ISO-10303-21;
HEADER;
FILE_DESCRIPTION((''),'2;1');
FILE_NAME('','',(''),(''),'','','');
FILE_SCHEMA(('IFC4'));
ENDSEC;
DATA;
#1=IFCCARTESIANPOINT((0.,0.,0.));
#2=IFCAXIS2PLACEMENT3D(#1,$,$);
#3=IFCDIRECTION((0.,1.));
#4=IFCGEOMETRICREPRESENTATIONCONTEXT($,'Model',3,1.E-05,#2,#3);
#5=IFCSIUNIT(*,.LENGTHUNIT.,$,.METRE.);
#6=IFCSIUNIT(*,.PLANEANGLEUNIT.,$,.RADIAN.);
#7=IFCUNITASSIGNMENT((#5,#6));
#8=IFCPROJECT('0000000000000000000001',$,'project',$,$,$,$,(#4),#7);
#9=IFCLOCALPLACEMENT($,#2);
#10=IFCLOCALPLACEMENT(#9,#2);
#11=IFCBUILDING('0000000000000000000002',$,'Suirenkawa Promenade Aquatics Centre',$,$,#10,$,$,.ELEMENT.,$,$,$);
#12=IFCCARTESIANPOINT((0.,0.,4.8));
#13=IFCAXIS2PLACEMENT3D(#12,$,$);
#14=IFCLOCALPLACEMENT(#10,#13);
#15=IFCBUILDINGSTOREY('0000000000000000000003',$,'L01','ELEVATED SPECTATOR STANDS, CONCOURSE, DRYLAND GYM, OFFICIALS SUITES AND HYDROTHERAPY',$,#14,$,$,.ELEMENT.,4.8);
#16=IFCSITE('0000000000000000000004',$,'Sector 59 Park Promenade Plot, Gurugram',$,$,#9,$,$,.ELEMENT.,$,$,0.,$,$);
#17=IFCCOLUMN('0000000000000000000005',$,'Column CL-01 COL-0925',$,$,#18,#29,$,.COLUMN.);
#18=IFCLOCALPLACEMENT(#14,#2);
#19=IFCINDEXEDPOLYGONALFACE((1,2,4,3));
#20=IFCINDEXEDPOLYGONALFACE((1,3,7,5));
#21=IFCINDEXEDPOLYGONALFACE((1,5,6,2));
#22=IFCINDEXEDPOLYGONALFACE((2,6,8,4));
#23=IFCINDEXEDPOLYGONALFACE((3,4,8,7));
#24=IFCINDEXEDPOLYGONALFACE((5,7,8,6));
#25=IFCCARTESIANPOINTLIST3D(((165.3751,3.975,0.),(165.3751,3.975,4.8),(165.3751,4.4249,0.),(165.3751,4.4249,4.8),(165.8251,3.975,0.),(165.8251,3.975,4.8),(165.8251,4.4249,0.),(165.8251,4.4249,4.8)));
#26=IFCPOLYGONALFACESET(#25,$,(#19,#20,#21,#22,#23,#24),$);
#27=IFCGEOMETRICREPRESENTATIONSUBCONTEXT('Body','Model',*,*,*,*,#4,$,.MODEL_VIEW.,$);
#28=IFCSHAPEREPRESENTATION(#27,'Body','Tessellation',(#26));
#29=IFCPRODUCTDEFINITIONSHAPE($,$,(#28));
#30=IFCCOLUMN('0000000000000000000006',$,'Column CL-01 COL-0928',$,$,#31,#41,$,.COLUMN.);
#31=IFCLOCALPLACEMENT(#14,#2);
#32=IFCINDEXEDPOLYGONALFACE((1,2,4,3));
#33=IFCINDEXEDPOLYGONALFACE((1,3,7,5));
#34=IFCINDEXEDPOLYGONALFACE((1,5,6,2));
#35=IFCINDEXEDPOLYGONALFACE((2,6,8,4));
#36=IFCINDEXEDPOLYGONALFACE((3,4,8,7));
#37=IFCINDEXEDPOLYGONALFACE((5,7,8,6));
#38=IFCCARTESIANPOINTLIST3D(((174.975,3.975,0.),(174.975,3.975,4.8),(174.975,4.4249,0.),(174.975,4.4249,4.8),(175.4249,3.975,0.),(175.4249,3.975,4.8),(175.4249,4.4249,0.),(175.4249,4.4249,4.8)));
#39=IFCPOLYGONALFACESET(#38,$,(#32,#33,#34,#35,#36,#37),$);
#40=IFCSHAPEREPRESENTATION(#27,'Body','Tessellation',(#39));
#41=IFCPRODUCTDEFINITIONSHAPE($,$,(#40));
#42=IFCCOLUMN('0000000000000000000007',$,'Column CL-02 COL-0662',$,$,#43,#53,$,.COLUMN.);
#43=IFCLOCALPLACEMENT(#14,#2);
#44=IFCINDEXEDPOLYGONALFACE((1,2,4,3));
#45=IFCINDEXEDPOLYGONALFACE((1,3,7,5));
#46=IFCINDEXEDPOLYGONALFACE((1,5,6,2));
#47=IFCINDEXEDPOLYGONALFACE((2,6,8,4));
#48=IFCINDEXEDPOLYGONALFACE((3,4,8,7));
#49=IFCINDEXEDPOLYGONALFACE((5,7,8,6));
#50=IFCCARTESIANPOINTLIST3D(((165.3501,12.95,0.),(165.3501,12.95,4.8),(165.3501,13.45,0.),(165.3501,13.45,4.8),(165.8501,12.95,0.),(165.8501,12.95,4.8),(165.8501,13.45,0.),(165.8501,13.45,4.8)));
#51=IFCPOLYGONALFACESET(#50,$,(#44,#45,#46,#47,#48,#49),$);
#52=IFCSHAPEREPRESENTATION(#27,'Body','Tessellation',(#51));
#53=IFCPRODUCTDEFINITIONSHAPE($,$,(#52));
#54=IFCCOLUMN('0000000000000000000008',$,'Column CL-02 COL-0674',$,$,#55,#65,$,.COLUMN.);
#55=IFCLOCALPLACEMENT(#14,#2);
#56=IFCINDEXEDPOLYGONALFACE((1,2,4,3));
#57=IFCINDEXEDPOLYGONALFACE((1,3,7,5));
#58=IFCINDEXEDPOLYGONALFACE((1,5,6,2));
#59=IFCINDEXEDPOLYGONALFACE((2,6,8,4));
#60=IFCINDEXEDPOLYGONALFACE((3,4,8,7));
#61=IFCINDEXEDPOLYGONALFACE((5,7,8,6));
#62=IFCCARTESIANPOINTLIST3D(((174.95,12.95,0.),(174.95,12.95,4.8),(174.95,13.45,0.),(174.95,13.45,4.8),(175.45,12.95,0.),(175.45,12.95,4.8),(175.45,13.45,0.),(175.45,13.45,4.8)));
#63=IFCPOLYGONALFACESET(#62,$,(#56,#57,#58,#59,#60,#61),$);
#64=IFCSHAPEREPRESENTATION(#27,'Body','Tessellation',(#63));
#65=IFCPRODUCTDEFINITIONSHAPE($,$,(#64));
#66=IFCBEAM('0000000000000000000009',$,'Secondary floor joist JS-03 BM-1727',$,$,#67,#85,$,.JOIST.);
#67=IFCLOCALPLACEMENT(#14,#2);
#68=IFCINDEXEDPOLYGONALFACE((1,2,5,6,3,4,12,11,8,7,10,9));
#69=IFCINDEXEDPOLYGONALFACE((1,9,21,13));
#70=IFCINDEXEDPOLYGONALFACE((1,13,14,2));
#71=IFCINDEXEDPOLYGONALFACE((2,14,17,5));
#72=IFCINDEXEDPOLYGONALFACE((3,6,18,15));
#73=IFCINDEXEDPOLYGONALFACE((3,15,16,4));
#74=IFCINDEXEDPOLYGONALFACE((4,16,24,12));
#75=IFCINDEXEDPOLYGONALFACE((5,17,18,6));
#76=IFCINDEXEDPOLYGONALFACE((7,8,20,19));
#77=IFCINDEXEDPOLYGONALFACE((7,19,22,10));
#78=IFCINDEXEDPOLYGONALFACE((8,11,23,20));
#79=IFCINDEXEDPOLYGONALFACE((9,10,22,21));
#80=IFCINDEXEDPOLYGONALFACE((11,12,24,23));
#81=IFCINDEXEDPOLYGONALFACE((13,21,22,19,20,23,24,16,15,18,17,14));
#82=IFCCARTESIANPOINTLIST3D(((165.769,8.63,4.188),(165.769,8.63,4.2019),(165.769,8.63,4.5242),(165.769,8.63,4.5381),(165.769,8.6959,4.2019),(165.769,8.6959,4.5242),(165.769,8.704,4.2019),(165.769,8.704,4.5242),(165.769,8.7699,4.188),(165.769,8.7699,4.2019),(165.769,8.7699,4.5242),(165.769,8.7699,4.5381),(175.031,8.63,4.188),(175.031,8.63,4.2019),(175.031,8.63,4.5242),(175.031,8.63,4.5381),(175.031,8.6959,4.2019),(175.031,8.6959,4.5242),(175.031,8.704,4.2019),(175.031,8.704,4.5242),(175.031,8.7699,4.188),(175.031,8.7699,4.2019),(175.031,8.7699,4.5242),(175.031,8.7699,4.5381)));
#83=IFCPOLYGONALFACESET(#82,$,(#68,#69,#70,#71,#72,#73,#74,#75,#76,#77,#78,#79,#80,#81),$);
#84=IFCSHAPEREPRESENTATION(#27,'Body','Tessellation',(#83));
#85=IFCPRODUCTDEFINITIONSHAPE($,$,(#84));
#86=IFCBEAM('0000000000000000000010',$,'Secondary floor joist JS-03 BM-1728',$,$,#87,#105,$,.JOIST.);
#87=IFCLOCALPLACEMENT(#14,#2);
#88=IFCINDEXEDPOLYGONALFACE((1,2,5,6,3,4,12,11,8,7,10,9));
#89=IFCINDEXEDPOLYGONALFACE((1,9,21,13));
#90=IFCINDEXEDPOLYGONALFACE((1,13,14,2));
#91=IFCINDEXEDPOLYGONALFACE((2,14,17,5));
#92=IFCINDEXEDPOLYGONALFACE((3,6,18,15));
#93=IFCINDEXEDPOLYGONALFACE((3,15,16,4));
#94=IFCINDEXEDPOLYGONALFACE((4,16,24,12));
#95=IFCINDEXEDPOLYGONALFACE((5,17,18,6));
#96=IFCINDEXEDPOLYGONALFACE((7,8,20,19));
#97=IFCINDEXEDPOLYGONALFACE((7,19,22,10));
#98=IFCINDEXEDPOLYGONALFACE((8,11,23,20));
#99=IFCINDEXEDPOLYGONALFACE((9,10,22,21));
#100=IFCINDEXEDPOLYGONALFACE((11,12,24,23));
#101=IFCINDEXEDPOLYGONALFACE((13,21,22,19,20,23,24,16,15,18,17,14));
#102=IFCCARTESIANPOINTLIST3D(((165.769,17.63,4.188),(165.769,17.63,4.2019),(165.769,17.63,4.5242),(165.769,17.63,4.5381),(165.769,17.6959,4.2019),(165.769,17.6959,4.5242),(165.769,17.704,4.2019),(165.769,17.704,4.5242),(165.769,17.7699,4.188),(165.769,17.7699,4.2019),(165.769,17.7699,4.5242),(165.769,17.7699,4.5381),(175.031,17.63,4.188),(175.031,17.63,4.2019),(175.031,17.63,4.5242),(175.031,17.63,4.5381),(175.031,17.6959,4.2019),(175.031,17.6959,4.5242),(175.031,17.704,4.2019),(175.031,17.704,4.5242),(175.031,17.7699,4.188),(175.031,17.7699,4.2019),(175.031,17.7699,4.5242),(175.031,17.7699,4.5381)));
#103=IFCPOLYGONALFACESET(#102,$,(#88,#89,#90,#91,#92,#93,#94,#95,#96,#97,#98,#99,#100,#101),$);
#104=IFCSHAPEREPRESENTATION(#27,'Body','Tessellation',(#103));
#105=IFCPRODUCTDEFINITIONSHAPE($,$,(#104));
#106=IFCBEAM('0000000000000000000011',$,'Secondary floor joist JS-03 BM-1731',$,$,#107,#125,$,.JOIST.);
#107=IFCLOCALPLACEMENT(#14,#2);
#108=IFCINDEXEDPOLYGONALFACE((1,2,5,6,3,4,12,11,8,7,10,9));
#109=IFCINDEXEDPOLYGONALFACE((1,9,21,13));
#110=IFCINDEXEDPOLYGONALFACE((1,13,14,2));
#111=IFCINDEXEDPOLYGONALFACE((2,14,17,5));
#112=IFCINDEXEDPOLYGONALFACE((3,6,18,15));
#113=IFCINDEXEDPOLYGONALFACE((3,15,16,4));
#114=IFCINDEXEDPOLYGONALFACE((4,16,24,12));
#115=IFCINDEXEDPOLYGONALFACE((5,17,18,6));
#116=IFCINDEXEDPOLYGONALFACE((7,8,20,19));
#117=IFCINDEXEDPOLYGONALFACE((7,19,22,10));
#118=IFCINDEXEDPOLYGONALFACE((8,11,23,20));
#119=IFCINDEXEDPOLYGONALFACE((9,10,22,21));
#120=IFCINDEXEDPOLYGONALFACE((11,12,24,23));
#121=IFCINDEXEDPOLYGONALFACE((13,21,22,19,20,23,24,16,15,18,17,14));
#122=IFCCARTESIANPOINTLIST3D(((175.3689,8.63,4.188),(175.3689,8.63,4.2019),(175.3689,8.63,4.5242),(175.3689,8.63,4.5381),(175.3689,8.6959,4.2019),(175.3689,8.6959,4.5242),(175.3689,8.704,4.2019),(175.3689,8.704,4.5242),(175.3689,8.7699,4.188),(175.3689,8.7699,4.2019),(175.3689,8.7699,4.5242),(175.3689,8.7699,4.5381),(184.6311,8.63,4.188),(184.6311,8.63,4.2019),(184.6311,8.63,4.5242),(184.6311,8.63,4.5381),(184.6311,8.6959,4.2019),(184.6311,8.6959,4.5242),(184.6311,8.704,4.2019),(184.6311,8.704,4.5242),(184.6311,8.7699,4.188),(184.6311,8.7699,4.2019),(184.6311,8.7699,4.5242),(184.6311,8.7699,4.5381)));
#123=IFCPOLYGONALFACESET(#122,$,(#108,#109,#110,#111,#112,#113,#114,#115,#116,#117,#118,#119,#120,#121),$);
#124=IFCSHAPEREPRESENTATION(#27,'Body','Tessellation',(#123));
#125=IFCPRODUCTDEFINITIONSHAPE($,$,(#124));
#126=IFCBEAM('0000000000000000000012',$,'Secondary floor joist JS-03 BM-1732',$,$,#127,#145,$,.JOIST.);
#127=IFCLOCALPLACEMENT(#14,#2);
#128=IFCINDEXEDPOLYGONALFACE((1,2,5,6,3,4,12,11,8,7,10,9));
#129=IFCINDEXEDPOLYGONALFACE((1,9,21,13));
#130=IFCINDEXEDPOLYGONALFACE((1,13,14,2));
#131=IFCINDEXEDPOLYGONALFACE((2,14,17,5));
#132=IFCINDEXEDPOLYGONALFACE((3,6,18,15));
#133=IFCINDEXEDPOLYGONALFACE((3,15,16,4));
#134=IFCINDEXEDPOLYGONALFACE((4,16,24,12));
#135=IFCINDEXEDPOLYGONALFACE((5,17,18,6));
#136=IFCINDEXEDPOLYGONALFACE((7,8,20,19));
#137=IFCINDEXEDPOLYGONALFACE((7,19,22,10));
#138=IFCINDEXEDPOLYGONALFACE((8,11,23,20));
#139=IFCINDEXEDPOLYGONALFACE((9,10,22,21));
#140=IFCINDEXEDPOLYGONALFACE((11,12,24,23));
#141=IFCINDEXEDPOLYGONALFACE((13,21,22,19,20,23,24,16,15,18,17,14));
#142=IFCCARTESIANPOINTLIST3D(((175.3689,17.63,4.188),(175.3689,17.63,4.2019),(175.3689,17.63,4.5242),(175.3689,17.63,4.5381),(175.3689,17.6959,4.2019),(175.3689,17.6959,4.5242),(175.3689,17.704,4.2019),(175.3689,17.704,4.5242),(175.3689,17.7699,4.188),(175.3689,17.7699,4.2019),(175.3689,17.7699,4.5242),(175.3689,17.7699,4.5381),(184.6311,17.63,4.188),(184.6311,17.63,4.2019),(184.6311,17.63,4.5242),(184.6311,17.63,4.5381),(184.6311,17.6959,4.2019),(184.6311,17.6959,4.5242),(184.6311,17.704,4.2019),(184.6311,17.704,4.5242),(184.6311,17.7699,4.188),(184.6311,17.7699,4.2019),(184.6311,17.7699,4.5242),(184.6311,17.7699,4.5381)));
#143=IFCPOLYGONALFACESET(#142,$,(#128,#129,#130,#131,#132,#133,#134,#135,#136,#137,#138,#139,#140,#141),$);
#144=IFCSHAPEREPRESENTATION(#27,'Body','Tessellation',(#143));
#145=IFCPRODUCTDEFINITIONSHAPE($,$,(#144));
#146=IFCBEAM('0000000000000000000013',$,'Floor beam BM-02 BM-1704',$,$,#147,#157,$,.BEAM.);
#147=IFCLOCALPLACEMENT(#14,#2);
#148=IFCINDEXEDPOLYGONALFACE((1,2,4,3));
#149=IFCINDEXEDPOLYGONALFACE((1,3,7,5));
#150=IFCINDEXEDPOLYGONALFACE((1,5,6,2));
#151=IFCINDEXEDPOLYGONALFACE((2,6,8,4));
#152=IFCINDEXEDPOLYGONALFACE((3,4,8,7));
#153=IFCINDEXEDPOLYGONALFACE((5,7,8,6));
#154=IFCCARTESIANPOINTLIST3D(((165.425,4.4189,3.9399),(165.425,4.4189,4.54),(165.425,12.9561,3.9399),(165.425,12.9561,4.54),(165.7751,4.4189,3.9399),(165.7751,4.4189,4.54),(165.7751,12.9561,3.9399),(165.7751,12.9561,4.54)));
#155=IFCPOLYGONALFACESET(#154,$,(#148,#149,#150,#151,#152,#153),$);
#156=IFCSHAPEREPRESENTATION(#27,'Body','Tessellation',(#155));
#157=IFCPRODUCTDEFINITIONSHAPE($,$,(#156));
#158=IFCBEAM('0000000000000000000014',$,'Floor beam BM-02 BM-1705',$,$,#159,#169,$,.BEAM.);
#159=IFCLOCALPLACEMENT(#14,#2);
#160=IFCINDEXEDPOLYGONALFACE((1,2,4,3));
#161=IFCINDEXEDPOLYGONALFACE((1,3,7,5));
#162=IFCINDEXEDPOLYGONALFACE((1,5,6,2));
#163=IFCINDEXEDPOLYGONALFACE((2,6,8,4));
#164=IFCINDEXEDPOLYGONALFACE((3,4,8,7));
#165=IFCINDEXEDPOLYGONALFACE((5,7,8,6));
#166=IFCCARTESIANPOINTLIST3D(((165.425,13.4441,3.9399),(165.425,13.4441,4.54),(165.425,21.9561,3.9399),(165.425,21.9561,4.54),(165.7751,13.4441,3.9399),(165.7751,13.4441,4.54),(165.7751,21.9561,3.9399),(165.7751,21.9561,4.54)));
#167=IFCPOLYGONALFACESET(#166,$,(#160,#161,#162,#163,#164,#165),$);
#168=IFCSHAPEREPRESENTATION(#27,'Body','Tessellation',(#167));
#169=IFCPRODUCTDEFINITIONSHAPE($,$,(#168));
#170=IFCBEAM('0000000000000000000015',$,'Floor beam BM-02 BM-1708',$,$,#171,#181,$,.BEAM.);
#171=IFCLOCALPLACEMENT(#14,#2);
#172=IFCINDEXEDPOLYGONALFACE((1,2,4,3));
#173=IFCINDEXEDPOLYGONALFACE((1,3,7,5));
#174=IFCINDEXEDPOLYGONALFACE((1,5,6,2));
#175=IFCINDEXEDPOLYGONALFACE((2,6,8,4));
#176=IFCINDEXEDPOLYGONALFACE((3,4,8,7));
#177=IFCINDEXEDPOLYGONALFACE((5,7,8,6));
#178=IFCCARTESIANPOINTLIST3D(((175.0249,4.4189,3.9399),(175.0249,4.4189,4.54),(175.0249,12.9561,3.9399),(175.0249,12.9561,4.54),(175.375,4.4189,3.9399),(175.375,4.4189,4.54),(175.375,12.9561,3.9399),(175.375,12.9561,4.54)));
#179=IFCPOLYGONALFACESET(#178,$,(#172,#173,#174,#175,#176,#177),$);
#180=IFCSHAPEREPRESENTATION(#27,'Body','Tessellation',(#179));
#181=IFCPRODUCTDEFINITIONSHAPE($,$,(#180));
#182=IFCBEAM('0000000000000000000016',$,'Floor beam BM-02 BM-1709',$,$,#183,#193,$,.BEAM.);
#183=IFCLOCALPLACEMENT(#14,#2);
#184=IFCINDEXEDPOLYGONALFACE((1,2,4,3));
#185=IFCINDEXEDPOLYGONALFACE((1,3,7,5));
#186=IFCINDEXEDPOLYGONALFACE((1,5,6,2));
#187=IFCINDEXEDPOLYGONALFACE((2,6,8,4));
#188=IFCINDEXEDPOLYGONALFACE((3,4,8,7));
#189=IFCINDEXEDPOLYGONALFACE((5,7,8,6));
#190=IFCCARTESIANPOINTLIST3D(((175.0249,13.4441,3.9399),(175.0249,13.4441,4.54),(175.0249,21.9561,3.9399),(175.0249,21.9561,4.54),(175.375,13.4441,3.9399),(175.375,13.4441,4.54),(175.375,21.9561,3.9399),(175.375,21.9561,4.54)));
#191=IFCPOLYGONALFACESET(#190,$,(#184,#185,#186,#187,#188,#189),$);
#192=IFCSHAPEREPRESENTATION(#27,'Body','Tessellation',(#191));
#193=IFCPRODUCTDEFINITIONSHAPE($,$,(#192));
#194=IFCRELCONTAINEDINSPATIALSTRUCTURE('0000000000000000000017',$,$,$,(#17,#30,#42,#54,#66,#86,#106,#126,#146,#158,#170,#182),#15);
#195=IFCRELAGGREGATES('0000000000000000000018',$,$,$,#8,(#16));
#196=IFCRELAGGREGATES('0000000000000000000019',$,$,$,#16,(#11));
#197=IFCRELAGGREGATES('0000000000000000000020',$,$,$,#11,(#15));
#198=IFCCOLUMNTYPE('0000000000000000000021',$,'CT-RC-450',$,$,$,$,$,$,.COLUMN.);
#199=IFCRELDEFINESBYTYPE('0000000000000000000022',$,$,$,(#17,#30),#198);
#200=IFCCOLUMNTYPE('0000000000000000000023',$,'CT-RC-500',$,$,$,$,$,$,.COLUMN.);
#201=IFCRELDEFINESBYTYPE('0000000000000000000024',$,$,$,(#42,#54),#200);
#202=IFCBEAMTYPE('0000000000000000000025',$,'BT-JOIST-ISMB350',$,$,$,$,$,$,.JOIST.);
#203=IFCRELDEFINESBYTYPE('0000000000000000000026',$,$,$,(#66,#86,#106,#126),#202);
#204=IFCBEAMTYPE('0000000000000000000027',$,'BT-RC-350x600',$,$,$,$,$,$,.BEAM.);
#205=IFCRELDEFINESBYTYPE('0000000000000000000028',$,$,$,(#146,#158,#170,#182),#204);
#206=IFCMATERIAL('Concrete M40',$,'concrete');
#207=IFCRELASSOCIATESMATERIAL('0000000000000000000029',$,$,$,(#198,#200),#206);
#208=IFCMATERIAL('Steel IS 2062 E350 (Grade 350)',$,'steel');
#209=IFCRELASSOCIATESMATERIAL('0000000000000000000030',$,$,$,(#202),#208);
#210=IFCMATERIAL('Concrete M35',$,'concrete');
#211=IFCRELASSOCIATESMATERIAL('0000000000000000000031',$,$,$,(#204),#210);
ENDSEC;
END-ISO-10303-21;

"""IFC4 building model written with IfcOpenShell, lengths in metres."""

from ifc_helpers import new_model, si_unit, direction, frame, origin, origin_2d, place, context, subcontext, project, spatial, rectangle, i_section, extrude, material, material_profile, profile_set, type_object, element, save


model = new_model("IFC4")

# Units and contexts
model_context = context("Model", 3, precision=1e-05, world=origin(), true_north=direction((0.0, 1.0)))
body_context = subcontext(model_context, "Body", "Model", "MODEL_VIEW")
ifc_project = project(units=[si_unit("LENGTHUNIT", "METRE"), si_unit("PLANEANGLEUNIT", "RADIAN")], contexts=[model_context])

# Site, building, storey
site_placement = place(None, origin())
site = spatial("IfcSite", under=ifc_project, at=site_placement, Name="Sector 59 Park Promenade Plot, Gurugram", CompositionType="ELEMENT", RefElevation=0.0)
building_placement = place(site_placement, origin())
building = spatial("IfcBuilding", under=site, at=building_placement, Name="Suirenkawa Promenade Aquatics Centre", CompositionType="ELEMENT")
storey_placement = place(building_placement, frame((0.0, 0.0, 4.8)))
storey = spatial("IfcBuildingStorey", under=building, at=storey_placement, Name="L01", Description="ELEVATED SPECTATOR STANDS, CONCOURSE, DRYLAND GYM, OFFICIALS SUITES AND HYDROTHERAPY", CompositionType="ELEMENT", Elevation=4.8)

# Columns
ifc_material_1 = material(Name="Concrete M40", Category="concrete")
ifc_material_profile_1 = material_profile(ifc_material_1, rectangle(XDim=0.45, YDim=0.45, at=origin_2d()), Name="RC COL 450x450", Category="concrete")
ifc_profile_set_1 = profile_set([ifc_material_profile_1], Name="Concrete M40")
column_type_1 = type_object("IfcColumnType", Name="CT-RC-450", PredefinedType="COLUMN", material=ifc_profile_set_1)
for number, where, z_axis, x_axis, name in (
    (1, (165.6001, 4.2, 0.0), (0.0, 0.0, 1.0), (1.0, 0.0, 0.0), "Column CL-01 COL-0925"),
    (2, (175.2, 4.2, 0.0), (0.0, 0.0, 1.0), (1.0, 0.0, 0.0), "Column CL-01 COL-0928"),
):
    element("IfcColumn", number, at=place(storey_placement, frame(where, z_axis=z_axis, x_axis=x_axis)), inside=storey, type_object=column_type_1, Name=name, PredefinedType="COLUMN", context=body_context, shape_type="SweptSolid", body=[
        extrude(rectangle(XDim=0.45, YDim=0.45, at=origin_2d()), origin(), (0.0, 0.0, 1.0), 4.8),
    ])
ifc_material_profile_2 = material_profile(ifc_material_1, rectangle(XDim=0.5, YDim=0.5, at=origin_2d()), Name="RC COL 500x500", Category="concrete")
ifc_profile_set_2 = profile_set([ifc_material_profile_2], Name="Concrete M40")
column_type_2 = type_object("IfcColumnType", Name="CT-RC-500", PredefinedType="COLUMN", material=ifc_profile_set_2)
for number, where, z_axis, x_axis, name in (
    (3, (165.6001, 13.2, 0.0), (0.0, 0.0, 1.0), (1.0, 0.0, 0.0), "Column CL-02 COL-0662"),
    (4, (175.2, 13.2, 0.0), (0.0, 0.0, 1.0), (1.0, 0.0, 0.0), "Column CL-02 COL-0674"),
):
    element("IfcColumn", number, at=place(storey_placement, frame(where, z_axis=z_axis, x_axis=x_axis)), inside=storey, type_object=column_type_2, Name=name, PredefinedType="COLUMN", context=body_context, shape_type="SweptSolid", body=[
        extrude(rectangle(XDim=0.5, YDim=0.5, at=origin_2d()), origin(), (0.0, 0.0, 1.0), 4.8),
    ])

# Beams
ifc_material_2 = material(Name="Steel IS 2062 E350 (Grade 350)", Category="steel")
ifc_material_profile_3 = material_profile(ifc_material_2, i_section(OverallWidth=0.1399, OverallDepth=0.3501, WebThickness=0.0081, FlangeThickness=0.0139, at=origin_2d()), Name="ISMB 350", Category="steel")
ifc_profile_set_3 = profile_set([ifc_material_profile_3], Name="Steel IS 2062 E350 (Grade 350)")
beam_type_1 = type_object("IfcBeamType", Name="BT-JOIST-ISMB350", PredefinedType="JOIST", material=ifc_profile_set_3)
for number, where, z_axis, x_axis, name in (
    (5, (165.769, 8.7, 4.363), (1.0, 0.0, 0.0), (0.0, 1.0, 0.0), "Secondary floor joist JS-03 BM-1727"),
    (6, (165.769, 17.7, 4.363), (1.0, 0.0, 0.0), (0.0, 1.0, 0.0), "Secondary floor joist JS-03 BM-1728"),
):
    element("IfcBeam", number, at=place(storey_placement, frame(where, z_axis=z_axis, x_axis=x_axis)), inside=storey, type_object=beam_type_1, Name=name, PredefinedType="JOIST", context=body_context, shape_type="SweptSolid", body=[
        extrude(i_section(OverallWidth=0.1399, OverallDepth=0.3501, WebThickness=0.0081, FlangeThickness=0.0139, at=origin_2d()), origin(), (0.0, 0.0, 1.0), 9.262),
    ])
for number, where, z_axis, x_axis, name in (
    (7, (175.3689, 8.7, 4.363), (1.0, 0.0, 0.0), (0.0, 1.0, 0.0), "Secondary floor joist JS-03 BM-1731"),
    (8, (175.3689, 17.7, 4.363), (1.0, 0.0, 0.0), (0.0, 1.0, 0.0), "Secondary floor joist JS-03 BM-1732"),
):
    element("IfcBeam", number, at=place(storey_placement, frame(where, z_axis=z_axis, x_axis=x_axis)), inside=storey, type_object=beam_type_1, Name=name, PredefinedType="JOIST", context=body_context, shape_type="SweptSolid", body=[
        extrude(i_section(OverallWidth=0.1399, OverallDepth=0.3501, WebThickness=0.0081, FlangeThickness=0.0139, at=origin_2d()), origin(), (0.0, 0.0, 1.0), 9.2622),
    ])
ifc_material_3 = material(Name="Concrete M35", Category="concrete")
ifc_material_profile_4 = material_profile(ifc_material_3, rectangle(XDim=0.3501, YDim=0.6001, at=origin_2d()), Name="RC BM 350x600", Category="concrete")
ifc_profile_set_4 = profile_set([ifc_material_profile_4], Name="Concrete M35")
beam_type_2 = type_object("IfcBeamType", Name="BT-RC-350x600", PredefinedType="BEAM", material=ifc_profile_set_4)
beam_1_placement = place(storey_placement, frame((165.6001, 4.4189, 4.24), z_axis=(0.0, 1.0, 0.0), x_axis=(-1.0, 0.0, 0.0)))
element("IfcBeam", 9, at=beam_1_placement, inside=storey, type_object=beam_type_2, Name="Floor beam BM-02 BM-1704", PredefinedType="BEAM", context=body_context, shape_type="SweptSolid", body=[
    extrude(rectangle(XDim=0.3501, YDim=0.6001, at=origin_2d()), origin(), (0.0, 0.0, 1.0), 8.5371),
])
beam_2_placement = place(storey_placement, frame((165.6001, 13.4441, 4.24), z_axis=(0.0, 1.0, 0.0), x_axis=(-1.0, 0.0, 0.0)))
element("IfcBeam", 10, at=beam_2_placement, inside=storey, type_object=beam_type_2, Name="Floor beam BM-02 BM-1705", PredefinedType="BEAM", context=body_context, shape_type="SweptSolid", body=[
    extrude(rectangle(XDim=0.3501, YDim=0.6001, at=origin_2d()), origin(), (0.0, 0.0, 1.0), 8.512),
])
beam_3_placement = place(storey_placement, frame((175.2, 4.4189, 4.24), z_axis=(0.0, 1.0, 0.0), x_axis=(-1.0, 0.0, 0.0)))
element("IfcBeam", 11, at=beam_3_placement, inside=storey, type_object=beam_type_2, Name="Floor beam BM-02 BM-1708", PredefinedType="BEAM", context=body_context, shape_type="SweptSolid", body=[
    extrude(rectangle(XDim=0.3501, YDim=0.6001, at=origin_2d()), origin(), (0.0, 0.0, 1.0), 8.5371),
])
beam_4_placement = place(storey_placement, frame((175.2, 13.4441, 4.24), z_axis=(0.0, 1.0, 0.0), x_axis=(-1.0, 0.0, 0.0)))
element("IfcBeam", 12, at=beam_4_placement, inside=storey, type_object=beam_type_2, Name="Floor beam BM-02 BM-1709", PredefinedType="BEAM", context=body_context, shape_type="SweptSolid", body=[
    extrude(rectangle(XDim=0.3501, YDim=0.6001, at=origin_2d()), origin(), (0.0, 0.0, 1.0), 8.512),
])

save(model, "model.ifc")
